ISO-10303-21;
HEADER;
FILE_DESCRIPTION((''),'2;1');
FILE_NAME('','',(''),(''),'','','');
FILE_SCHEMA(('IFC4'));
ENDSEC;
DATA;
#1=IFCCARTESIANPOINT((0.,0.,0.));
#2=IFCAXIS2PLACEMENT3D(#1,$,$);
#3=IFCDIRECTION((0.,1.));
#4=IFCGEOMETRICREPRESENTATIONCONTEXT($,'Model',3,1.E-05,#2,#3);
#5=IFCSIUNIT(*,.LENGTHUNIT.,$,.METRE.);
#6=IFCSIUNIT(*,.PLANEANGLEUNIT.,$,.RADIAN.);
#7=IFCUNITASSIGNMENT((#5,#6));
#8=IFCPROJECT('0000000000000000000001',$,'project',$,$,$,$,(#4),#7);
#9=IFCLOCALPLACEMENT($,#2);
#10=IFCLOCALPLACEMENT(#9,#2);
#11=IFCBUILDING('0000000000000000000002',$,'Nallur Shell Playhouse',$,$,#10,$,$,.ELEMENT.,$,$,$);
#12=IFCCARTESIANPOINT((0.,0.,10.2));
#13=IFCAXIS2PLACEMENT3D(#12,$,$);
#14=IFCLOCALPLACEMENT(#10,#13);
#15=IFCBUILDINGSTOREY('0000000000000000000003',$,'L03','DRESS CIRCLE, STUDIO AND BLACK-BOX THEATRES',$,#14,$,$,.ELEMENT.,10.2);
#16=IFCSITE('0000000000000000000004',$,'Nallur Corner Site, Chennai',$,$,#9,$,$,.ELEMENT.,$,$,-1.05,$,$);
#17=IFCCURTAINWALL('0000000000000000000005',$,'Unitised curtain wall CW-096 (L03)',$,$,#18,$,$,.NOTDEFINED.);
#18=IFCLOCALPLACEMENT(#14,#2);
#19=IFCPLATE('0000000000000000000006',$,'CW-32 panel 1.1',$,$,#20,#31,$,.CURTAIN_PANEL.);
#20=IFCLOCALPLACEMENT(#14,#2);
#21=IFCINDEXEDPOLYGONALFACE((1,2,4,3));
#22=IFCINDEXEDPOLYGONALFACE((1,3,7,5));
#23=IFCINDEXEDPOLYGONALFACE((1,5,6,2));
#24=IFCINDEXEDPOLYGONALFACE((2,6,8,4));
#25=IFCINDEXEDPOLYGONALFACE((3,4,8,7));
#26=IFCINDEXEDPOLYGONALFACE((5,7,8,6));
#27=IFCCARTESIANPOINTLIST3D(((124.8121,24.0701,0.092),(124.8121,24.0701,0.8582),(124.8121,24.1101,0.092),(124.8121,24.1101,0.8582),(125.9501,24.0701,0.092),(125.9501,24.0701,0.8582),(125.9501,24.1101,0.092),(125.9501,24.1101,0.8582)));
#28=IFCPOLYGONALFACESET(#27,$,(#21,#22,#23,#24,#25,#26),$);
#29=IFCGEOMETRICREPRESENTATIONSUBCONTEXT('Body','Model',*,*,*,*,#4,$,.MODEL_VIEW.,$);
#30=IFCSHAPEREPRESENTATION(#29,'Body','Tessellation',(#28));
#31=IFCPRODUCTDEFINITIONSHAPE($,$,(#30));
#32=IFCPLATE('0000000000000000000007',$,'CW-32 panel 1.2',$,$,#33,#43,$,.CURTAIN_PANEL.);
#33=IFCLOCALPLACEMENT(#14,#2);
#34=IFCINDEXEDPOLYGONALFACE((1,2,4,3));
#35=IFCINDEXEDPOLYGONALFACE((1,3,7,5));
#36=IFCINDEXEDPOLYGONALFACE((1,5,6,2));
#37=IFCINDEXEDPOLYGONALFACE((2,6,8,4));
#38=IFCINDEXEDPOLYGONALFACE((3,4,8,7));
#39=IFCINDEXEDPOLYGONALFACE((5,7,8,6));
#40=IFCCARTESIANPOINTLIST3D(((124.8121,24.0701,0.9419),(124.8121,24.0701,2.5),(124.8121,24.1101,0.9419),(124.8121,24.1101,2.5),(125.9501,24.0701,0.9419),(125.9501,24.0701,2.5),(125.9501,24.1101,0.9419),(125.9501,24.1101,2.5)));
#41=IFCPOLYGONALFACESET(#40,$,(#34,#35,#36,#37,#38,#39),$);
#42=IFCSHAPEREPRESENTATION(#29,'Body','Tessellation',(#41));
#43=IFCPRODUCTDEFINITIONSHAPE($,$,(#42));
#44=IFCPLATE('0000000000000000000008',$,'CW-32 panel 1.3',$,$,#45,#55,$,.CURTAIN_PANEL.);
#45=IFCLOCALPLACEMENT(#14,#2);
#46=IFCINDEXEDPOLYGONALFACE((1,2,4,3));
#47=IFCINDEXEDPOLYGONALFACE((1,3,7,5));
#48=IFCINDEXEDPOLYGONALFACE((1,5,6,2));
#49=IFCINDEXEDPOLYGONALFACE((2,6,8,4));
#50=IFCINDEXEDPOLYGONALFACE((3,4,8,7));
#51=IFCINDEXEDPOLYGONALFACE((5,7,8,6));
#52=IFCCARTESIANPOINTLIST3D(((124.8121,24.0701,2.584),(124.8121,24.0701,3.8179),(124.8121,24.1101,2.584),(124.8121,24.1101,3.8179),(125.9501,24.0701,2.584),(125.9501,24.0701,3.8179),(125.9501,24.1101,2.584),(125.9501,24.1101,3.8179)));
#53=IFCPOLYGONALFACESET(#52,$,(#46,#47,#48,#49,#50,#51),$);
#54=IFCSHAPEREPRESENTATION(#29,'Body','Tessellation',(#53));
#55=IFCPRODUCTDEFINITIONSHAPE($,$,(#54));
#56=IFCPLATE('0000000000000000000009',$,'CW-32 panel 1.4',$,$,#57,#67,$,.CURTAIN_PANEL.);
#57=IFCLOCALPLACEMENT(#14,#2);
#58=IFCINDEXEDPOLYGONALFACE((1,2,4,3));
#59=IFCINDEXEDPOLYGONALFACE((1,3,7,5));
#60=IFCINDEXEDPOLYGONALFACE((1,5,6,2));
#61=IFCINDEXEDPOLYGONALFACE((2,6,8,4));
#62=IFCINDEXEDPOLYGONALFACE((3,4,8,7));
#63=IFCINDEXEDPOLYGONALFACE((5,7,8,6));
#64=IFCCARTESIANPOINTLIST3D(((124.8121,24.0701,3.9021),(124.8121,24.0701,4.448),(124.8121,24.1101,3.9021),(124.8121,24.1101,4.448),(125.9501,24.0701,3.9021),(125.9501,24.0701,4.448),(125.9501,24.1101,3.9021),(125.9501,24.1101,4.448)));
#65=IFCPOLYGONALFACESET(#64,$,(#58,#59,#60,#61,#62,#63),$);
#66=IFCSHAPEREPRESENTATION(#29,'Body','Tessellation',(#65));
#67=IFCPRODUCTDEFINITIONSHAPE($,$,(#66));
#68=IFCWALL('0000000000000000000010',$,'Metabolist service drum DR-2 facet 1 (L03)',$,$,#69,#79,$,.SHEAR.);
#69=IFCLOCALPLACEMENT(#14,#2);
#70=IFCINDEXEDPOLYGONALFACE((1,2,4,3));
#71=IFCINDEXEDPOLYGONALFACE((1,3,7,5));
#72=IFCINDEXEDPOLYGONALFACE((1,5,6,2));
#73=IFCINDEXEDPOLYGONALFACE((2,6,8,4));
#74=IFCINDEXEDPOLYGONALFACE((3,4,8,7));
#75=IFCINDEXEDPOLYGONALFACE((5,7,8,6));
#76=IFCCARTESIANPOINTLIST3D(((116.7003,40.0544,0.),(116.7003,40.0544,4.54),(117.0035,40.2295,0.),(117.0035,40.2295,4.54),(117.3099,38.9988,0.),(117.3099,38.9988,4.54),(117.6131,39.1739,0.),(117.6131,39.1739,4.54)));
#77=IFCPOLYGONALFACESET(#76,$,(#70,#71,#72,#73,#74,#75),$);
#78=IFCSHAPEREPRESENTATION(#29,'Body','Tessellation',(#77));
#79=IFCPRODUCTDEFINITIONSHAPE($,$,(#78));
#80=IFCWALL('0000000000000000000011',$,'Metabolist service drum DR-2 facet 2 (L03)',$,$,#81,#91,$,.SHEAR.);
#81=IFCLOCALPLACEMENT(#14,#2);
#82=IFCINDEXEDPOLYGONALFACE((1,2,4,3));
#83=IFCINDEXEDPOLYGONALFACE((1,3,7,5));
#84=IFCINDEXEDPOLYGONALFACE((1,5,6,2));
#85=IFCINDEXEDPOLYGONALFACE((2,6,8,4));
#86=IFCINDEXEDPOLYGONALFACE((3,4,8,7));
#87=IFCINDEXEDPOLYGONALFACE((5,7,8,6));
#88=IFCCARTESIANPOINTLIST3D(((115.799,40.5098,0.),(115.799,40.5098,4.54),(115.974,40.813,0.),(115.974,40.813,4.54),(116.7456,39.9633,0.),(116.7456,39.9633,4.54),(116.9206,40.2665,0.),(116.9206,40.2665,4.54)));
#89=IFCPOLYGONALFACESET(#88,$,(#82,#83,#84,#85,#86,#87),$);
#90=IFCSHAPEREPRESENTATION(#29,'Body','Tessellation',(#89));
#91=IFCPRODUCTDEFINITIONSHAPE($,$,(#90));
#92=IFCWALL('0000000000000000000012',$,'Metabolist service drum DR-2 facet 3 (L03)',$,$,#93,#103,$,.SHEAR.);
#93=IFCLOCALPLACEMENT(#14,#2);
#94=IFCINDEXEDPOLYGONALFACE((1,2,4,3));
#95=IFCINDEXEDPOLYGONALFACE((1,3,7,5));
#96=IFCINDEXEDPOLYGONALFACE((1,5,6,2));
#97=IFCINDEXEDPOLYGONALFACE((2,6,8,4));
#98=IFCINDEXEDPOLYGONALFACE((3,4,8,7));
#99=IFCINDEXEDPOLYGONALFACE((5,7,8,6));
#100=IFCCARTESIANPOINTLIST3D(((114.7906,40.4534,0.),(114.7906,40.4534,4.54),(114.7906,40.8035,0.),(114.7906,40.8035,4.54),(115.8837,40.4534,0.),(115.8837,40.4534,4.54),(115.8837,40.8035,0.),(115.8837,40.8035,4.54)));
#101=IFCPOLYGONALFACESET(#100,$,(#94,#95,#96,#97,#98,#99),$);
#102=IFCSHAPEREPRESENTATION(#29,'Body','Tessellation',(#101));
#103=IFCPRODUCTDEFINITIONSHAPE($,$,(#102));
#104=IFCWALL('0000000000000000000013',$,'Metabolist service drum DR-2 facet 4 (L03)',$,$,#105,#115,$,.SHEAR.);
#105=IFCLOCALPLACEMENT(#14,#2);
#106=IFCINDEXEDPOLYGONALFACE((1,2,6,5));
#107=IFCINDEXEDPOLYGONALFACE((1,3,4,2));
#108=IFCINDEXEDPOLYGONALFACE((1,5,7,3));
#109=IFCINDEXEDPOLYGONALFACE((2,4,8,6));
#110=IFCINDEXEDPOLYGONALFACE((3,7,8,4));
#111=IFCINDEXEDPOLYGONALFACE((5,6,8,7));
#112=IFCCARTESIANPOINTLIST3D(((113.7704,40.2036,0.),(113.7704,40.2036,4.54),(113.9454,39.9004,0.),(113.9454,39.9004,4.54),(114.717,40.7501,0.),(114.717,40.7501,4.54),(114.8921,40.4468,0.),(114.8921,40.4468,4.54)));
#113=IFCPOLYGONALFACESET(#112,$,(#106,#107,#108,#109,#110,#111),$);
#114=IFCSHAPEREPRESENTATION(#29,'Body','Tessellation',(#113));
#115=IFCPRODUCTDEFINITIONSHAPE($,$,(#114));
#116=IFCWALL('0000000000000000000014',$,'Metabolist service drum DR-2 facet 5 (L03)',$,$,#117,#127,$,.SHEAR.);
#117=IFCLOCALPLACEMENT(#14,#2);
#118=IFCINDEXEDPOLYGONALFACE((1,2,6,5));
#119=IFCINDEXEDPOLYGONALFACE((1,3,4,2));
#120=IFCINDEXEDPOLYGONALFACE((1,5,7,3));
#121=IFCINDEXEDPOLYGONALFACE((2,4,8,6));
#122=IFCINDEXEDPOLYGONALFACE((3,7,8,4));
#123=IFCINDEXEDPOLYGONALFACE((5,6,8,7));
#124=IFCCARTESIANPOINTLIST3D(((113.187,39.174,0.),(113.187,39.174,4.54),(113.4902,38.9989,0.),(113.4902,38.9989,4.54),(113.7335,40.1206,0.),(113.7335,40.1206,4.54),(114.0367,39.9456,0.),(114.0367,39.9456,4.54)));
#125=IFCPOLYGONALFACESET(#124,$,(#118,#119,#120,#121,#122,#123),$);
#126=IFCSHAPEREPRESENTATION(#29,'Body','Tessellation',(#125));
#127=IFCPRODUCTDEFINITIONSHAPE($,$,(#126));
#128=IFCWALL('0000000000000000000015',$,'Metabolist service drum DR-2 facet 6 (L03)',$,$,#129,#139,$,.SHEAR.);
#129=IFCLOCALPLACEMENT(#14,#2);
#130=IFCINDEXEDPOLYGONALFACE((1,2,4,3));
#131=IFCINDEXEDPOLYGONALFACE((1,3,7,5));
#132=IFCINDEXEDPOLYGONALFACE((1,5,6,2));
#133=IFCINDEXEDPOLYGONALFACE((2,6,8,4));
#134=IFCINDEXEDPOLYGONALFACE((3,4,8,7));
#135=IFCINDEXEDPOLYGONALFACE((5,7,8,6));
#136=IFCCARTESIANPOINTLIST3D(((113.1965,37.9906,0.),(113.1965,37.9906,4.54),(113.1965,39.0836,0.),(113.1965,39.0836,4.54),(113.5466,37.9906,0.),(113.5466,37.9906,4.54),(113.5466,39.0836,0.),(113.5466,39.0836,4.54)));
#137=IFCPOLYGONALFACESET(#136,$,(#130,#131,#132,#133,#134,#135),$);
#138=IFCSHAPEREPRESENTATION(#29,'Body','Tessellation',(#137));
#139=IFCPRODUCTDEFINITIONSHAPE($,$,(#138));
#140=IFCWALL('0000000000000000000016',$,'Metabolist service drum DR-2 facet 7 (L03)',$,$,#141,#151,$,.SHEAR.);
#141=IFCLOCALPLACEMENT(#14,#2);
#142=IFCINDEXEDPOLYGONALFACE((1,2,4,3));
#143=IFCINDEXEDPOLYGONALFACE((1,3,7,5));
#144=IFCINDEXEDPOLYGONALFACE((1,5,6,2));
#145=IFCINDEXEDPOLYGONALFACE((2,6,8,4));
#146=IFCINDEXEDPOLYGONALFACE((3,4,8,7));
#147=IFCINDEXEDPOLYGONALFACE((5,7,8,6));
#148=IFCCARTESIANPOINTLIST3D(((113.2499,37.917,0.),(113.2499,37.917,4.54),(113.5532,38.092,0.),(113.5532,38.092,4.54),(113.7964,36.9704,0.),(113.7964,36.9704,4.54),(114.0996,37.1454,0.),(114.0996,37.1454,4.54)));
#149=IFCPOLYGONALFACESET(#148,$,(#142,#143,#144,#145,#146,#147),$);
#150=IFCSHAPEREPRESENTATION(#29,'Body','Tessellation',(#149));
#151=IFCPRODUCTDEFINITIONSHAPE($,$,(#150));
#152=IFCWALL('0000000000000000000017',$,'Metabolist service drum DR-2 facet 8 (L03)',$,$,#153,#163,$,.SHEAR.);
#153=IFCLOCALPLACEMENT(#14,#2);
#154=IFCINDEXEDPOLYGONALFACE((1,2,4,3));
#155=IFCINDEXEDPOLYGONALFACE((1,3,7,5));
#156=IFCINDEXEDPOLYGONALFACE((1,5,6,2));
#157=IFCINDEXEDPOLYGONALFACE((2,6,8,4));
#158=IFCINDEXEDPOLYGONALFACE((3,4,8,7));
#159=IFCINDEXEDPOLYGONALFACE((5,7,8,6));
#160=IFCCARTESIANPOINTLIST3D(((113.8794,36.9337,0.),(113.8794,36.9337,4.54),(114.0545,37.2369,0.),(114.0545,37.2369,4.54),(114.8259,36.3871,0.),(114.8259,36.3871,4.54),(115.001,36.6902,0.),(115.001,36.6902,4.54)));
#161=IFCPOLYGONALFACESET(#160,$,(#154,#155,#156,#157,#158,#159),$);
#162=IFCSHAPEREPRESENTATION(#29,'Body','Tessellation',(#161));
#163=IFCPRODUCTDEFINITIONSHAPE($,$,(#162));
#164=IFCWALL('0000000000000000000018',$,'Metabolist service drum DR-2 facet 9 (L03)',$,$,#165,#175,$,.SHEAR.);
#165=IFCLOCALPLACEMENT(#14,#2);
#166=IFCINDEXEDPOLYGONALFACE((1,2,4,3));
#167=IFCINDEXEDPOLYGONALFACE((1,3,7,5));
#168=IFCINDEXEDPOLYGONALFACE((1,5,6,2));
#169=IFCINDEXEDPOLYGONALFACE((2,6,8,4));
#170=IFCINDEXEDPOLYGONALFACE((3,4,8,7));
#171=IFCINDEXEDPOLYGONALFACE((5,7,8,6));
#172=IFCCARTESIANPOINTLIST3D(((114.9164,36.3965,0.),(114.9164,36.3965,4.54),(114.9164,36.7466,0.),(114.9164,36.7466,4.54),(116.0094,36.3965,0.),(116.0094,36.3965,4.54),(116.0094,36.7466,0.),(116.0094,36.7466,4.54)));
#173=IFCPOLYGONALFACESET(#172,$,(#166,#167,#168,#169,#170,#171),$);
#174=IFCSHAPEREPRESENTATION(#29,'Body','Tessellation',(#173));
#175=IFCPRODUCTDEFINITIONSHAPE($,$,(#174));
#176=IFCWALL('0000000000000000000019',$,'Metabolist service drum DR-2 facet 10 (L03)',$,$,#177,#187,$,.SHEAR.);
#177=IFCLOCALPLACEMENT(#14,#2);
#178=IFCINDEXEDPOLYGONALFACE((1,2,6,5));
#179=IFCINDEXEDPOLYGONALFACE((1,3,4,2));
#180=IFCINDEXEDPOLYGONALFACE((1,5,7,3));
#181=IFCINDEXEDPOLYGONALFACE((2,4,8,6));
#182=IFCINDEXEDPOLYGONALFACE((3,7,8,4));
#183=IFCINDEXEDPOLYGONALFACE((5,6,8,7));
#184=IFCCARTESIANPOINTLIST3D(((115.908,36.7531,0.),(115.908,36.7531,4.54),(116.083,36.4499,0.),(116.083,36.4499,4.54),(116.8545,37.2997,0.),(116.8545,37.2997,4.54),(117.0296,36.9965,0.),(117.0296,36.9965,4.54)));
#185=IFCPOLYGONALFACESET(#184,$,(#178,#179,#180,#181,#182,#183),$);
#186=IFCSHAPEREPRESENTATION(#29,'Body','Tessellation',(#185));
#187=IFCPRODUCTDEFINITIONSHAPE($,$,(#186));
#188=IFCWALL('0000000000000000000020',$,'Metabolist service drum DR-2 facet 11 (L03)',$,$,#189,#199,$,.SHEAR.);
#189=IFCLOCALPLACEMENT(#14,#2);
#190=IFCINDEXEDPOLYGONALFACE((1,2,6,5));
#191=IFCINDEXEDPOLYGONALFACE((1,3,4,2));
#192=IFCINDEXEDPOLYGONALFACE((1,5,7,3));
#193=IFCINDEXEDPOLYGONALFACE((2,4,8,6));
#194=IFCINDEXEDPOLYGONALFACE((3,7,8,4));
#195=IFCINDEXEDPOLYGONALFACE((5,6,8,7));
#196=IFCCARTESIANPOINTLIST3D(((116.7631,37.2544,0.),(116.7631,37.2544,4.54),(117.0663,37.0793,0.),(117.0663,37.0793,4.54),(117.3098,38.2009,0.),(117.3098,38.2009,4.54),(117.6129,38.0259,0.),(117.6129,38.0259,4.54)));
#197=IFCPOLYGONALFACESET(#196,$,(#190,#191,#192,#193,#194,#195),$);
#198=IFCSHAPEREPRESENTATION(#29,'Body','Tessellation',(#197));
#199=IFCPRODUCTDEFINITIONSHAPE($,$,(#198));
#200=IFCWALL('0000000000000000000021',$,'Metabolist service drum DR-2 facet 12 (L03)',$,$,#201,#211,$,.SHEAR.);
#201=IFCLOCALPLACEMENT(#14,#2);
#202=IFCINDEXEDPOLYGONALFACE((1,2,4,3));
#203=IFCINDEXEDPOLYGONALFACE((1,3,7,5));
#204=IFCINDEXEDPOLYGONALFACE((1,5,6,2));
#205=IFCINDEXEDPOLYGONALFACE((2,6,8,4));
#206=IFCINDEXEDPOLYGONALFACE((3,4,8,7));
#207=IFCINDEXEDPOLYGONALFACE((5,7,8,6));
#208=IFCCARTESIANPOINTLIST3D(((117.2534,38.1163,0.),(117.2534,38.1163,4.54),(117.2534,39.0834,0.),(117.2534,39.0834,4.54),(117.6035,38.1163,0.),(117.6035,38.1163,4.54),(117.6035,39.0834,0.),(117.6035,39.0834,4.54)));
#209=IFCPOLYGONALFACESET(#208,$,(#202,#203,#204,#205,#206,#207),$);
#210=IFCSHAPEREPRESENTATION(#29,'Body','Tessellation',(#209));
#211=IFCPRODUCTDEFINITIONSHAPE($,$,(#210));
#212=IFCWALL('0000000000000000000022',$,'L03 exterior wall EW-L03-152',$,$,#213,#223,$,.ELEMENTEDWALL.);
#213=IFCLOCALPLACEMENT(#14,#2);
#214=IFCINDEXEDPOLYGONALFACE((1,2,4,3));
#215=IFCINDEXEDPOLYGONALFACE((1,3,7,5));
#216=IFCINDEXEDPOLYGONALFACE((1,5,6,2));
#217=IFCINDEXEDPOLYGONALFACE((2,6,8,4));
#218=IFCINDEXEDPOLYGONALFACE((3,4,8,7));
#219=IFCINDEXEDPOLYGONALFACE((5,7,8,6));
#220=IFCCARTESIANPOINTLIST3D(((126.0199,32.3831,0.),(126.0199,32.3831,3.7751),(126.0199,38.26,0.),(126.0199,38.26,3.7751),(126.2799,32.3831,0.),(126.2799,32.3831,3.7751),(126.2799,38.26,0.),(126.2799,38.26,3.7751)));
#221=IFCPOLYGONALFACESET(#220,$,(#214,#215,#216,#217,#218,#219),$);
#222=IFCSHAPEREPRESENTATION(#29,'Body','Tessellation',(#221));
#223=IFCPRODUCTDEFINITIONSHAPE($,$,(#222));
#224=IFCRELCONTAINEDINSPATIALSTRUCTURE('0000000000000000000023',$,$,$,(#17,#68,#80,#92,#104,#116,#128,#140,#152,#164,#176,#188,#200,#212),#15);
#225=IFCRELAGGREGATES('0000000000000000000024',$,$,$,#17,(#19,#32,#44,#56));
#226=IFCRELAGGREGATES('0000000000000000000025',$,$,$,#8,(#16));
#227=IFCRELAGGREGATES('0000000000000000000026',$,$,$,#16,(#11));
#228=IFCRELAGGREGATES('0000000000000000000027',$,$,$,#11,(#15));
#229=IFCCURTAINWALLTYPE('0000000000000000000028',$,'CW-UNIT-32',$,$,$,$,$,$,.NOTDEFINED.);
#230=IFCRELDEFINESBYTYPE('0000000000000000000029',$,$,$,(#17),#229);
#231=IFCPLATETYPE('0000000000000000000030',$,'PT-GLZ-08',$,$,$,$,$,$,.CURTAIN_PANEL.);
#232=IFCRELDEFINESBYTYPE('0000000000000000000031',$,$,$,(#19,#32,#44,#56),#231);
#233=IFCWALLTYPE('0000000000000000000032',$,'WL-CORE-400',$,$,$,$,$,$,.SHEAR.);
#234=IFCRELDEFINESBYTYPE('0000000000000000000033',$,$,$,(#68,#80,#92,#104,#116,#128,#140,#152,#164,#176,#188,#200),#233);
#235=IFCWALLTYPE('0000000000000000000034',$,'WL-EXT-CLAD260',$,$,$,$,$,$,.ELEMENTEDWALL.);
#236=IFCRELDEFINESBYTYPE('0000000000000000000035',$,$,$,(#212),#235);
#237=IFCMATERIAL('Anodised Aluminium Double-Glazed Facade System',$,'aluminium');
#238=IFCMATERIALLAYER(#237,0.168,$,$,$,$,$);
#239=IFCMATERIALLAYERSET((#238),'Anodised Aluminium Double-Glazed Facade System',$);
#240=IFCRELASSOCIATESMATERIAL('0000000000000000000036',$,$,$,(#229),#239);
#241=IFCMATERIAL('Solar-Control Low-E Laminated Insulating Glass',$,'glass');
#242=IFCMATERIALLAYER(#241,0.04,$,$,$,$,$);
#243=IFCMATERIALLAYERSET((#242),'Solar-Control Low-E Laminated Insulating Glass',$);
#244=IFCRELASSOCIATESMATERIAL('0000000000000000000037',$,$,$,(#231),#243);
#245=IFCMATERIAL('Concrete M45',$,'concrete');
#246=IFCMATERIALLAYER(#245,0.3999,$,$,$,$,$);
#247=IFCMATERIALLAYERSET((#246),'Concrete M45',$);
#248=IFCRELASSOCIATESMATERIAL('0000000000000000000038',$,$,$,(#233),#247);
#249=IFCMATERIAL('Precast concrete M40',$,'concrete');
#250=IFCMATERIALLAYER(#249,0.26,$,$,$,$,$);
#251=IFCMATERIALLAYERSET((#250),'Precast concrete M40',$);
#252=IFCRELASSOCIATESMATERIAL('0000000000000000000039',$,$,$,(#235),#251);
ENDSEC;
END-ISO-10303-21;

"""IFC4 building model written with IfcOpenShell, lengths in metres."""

from ifc_helpers import new_model, si_unit, direction, frame, frame_2d, origin, origin_2d, place, context, subcontext, project, spatial, rectangle, extrude, material, layer, layer_set, type_object, element, aggregate, save


model = new_model("IFC4")

# Units and contexts
model_context = context("Model", 3, precision=1e-05, world=origin(), true_north=direction((0.0, 1.0)))
body_context = subcontext(model_context, "Body", "Model", "MODEL_VIEW")
ifc_project = project(units=[si_unit("LENGTHUNIT", "METRE"), si_unit("PLANEANGLEUNIT", "RADIAN")], contexts=[model_context])

# Site, building, storey
site_placement = place(None, origin())
site = spatial("IfcSite", under=ifc_project, at=site_placement, Name="Nallur Corner Site, Chennai", CompositionType="ELEMENT", RefElevation=-1.05)
building_placement = place(site_placement, origin())
building = spatial("IfcBuilding", under=site, at=building_placement, Name="Nallur Shell Playhouse", CompositionType="ELEMENT")
storey_placement = place(building_placement, frame((0.0, 0.0, 10.2)))
storey = spatial("IfcBuildingStorey", under=building, at=storey_placement, Name="L03", Description="DRESS CIRCLE, STUDIO AND BLACK-BOX THEATRES", CompositionType="ELEMENT", Elevation=10.2)

# Curtain wall
ifc_material_1 = material(Name="Anodised Aluminium Double-Glazed Facade System", Category="aluminium")
ifc_layer_1 = layer(ifc_material_1, 0.168)
ifc_layer_set_1 = layer_set([ifc_layer_1], Name="Anodised Aluminium Double-Glazed Facade System")
curtain_wall_type = type_object("IfcCurtainWallType", Name="CW-UNIT-32", PredefinedType="NOTDEFINED", material=ifc_layer_set_1)
curtain_wall_placement = place(storey_placement, origin())
curtain_wall = element("IfcCurtainWall", 1, at=curtain_wall_placement, inside=storey, type_object=curtain_wall_type, Name="Unitised curtain wall CW-096 (L03)", PredefinedType="NOTDEFINED")

# Plates
ifc_material_2 = material(Name="Solar-Control Low-E Laminated Insulating Glass", Category="glass")
ifc_layer_2 = layer(ifc_material_2, 0.04)
ifc_layer_set_2 = layer_set([ifc_layer_2], Name="Solar-Control Low-E Laminated Insulating Glass")
plate_type_1 = type_object("IfcPlateType", Name="PT-GLZ-08", PredefinedType="CURTAIN_PANEL", material=ifc_layer_set_2)
plate_1_placement = place(storey_placement, frame((125.3811, 24.0901, 0.092), z_axis=(0.0, 0.0, 1.0), x_axis=(-1.0, 0.0, 0.0)))
plate_1 = element("IfcPlate", 2, at=plate_1_placement, type_object=plate_type_1, Name="CW-32 panel 1.1", PredefinedType="CURTAIN_PANEL", context=body_context, shape_type="SweptSolid", body=[
    extrude(rectangle(XDim=1.1379, YDim=0.04, at=origin_2d()), origin(), (0.0, 0.0, 1.0), 0.7661),
])
plate_2_placement = place(storey_placement, frame((125.3811, 24.0901, 0.9419), z_axis=(0.0, 0.0, 1.0), x_axis=(-1.0, 0.0, 0.0)))
plate_2 = element("IfcPlate", 3, at=plate_2_placement, type_object=plate_type_1, Name="CW-32 panel 1.2", PredefinedType="CURTAIN_PANEL", context=body_context, shape_type="SweptSolid", body=[
    extrude(rectangle(XDim=1.1379, YDim=0.04, at=origin_2d()), origin(), (0.0, 0.0, 1.0), 1.5581),
])
plate_3_placement = place(storey_placement, frame((125.3811, 24.0901, 2.584), z_axis=(0.0, 0.0, 1.0), x_axis=(-1.0, 0.0, 0.0)))
plate_3 = element("IfcPlate", 4, at=plate_3_placement, type_object=plate_type_1, Name="CW-32 panel 1.3", PredefinedType="CURTAIN_PANEL", context=body_context, shape_type="SweptSolid", body=[
    extrude(rectangle(XDim=1.1379, YDim=0.04, at=origin_2d()), origin(), (0.0, 0.0, 1.0), 1.2339),
])
plate_4_placement = place(storey_placement, frame((125.3811, 24.0901, 3.9021), z_axis=(0.0, 0.0, 1.0), x_axis=(-1.0, 0.0, 0.0)))
plate_4 = element("IfcPlate", 5, at=plate_4_placement, type_object=plate_type_1, Name="CW-32 panel 1.4", PredefinedType="CURTAIN_PANEL", context=body_context, shape_type="SweptSolid", body=[
    extrude(rectangle(XDim=1.1379, YDim=0.04, at=origin_2d()), origin(), (0.0, 0.0, 1.0), 0.5459),
])
aggregate(curtain_wall, [plate_1, plate_2, plate_3, plate_4])

# Walls
ifc_material_3 = material(Name="Concrete M45", Category="concrete")
ifc_layer_3 = layer(ifc_material_3, 0.3999)
ifc_layer_set_3 = layer_set([ifc_layer_3], Name="Concrete M45")
wall_type_1 = type_object("IfcWallType", Name="WL-CORE-400", PredefinedType="SHEAR", material=ifc_layer_set_3)
wall_1_placement = place(storey_placement, frame((117.4614, 39.0864, 0.0), z_axis=(0.0, 0.0, 1.0), x_axis=(-0.500081, 0.865979, 0.0)))
element("IfcWall", 6, at=wall_1_placement, inside=storey, type_object=wall_type_1, Name="Metabolist service drum DR-2 facet 1 (L03)", PredefinedType="SHEAR", context=body_context, shape_type="SweptSolid", body=[
    extrude(rectangle(XDim=1.219, YDim=0.3501, at=frame_2d((0.6094, 0.0))), origin(), (0.0, 0.0, 1.0), 4.54),
])
for number, where, z_axis, x_axis, name in (
    (7, (116.833, 40.115, 0.0), (0.0, 0.0, 1.0), (-0.866063, 0.499935, 0.0), "Metabolist service drum DR-2 facet 2 (L03)"),
    (8, (115.8835, 40.6284, 0.0), (0.0, 0.0, 1.0), (-1.0, 0.0, 0.0), "Metabolist service drum DR-2 facet 3 (L03)"),
    (9, (114.8044, 40.5984, 0.0), (0.0, 0.0, 1.0), (-0.866063, -0.499935, 0.0), "Metabolist service drum DR-2 facet 4 (L03)"),
    (10, (113.885, 40.033, 0.0), (0.0, 0.0, 1.0), (-0.499935, -0.866063, 0.0), "Metabolist service drum DR-2 facet 5 (L03)"),
    (11, (113.3716, 39.0835, 0.0), (0.0, 0.0, 1.0), (0.0, -1.0, 0.0), "Metabolist service drum DR-2 facet 6 (L03)"),
    (12, (113.4016, 38.0044, 0.0), (0.0, 0.0, 1.0), (0.499935, -0.866063, 0.0), "Metabolist service drum DR-2 facet 7 (L03)"),
    (13, (113.967, 37.0852, 0.0), (0.0, 0.0, 1.0), (0.865966, -0.500103, 0.0), "Metabolist service drum DR-2 facet 8 (L03)"),
    (14, (114.9165, 36.5715, 0.0), (0.0, 0.0, 1.0), (1.0, 0.0, 0.0), "Metabolist service drum DR-2 facet 9 (L03)"),
    (15, (115.9956, 36.6016, 0.0), (0.0, 0.0, 1.0), (0.865966, 0.500103, 0.0), "Metabolist service drum DR-2 facet 10 (L03)"),
    (16, (116.9148, 37.167, 0.0), (0.0, 0.0, 1.0), (0.500103, 0.865966, 0.0), "Metabolist service drum DR-2 facet 11 (L03)"),
):
    element("IfcWall", number, at=place(storey_placement, frame(where, z_axis=z_axis, x_axis=x_axis)), inside=storey, type_object=wall_type_1, Name=name, PredefinedType="SHEAR", context=body_context, shape_type="SweptSolid", body=[
        extrude(rectangle(XDim=1.093, YDim=0.3501, at=frame_2d((0.5464, 0.0))), origin(), (0.0, 0.0, 1.0), 4.54),
    ])
wall_2_placement = place(storey_placement, frame((117.4285, 38.1165, 0.0), z_axis=(0.0, 0.0, 1.0), x_axis=(0.0, 1.0, 0.0)))
element("IfcWall", 17, at=wall_2_placement, inside=storey, type_object=wall_type_1, Name="Metabolist service drum DR-2 facet 12 (L03)", PredefinedType="SHEAR", context=body_context, shape_type="SweptSolid", body=[
    extrude(rectangle(XDim=0.967, YDim=0.3501, at=frame_2d((0.4834, 0.0))), origin(), (0.0, 0.0, 1.0), 4.54),
])
ifc_material_4 = material(Name="Precast concrete M40", Category="concrete")
ifc_layer_4 = layer(ifc_material_4, 0.26)
ifc_layer_set_4 = layer_set([ifc_layer_4], Name="Precast concrete M40")
wall_type_2 = type_object("IfcWallType", Name="WL-EXT-CLAD260", PredefinedType="ELEMENTEDWALL", material=ifc_layer_set_4)
wall_3_placement = place(storey_placement, frame((126.1499, 38.26, 0.0), z_axis=(0.0, 0.0, 1.0), x_axis=(0.0, -1.0, 0.0)))
element("IfcWall", 18, at=wall_3_placement, inside=storey, type_object=wall_type_2, Name="L03 exterior wall EW-L03-152", PredefinedType="ELEMENTEDWALL", context=body_context, shape_type="SweptSolid", body=[
    extrude(rectangle(XDim=5.877, YDim=0.26, at=frame_2d((2.9385, 0.0))), origin(), (0.0, 0.0, 1.0), 3.7751),
])

save(model, "model.ifc")
